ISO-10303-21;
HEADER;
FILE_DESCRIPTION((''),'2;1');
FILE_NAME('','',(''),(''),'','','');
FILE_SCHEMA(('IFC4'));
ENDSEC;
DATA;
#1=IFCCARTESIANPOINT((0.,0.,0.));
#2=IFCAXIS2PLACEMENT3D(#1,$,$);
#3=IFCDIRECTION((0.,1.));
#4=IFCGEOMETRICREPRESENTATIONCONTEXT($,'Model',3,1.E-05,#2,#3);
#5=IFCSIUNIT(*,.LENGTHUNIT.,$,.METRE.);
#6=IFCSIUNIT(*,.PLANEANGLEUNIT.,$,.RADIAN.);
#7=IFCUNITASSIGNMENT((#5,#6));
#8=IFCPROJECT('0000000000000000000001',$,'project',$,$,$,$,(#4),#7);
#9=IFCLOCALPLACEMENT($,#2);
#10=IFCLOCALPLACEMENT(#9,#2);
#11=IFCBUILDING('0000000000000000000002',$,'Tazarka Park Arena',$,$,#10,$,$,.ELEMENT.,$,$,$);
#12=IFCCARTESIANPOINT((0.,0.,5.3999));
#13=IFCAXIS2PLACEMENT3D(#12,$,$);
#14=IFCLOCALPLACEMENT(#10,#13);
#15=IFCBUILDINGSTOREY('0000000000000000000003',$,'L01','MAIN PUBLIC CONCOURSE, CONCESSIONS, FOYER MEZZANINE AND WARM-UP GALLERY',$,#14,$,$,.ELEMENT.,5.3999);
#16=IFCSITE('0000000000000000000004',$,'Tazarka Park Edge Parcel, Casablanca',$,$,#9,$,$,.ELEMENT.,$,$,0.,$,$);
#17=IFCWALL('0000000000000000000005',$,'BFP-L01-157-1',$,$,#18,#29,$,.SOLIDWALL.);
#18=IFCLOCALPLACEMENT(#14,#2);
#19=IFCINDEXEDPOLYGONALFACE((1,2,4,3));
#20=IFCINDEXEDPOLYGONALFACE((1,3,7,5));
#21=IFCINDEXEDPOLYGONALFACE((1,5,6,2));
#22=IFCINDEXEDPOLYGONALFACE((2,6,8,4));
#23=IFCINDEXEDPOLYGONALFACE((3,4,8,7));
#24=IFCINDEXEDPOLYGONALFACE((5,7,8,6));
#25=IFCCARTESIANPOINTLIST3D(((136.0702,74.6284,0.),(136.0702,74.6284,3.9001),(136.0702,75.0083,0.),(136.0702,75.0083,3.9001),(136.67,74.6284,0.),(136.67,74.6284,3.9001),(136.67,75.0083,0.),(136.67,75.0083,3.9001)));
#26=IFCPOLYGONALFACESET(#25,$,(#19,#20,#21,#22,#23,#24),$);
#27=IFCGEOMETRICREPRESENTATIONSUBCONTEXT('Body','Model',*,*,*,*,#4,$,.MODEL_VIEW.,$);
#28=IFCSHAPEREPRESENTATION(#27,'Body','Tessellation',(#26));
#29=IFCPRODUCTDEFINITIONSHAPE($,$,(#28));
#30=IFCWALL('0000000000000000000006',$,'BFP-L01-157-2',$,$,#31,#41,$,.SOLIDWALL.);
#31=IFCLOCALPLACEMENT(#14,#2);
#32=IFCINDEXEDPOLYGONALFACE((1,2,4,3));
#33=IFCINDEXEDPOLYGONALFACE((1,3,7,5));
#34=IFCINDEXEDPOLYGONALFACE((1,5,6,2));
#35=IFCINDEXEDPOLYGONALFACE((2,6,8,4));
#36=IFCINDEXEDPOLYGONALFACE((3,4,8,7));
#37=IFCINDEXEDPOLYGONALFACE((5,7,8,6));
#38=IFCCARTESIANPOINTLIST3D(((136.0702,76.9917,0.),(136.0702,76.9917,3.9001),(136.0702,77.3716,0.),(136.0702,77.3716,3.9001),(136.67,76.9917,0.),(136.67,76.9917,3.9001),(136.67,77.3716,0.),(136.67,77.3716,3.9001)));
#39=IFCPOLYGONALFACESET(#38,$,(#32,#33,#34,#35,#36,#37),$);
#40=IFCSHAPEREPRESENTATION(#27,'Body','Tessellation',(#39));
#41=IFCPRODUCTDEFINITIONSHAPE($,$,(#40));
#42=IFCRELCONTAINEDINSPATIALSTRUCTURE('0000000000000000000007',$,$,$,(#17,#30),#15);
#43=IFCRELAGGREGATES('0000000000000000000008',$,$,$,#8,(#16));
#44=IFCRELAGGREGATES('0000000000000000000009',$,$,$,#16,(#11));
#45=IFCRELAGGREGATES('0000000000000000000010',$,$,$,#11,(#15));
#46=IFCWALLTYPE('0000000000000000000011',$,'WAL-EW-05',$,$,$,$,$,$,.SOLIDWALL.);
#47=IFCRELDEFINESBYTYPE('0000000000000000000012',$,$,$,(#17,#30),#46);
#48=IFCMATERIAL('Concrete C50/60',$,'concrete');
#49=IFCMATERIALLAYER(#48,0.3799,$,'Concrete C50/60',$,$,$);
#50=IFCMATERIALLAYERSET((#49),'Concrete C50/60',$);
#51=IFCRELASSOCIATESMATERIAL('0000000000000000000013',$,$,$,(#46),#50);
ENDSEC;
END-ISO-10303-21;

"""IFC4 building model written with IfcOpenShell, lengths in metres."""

from ifc_helpers import new_model, si_unit, direction, frame, frame_2d, origin, place, context, subcontext, project, spatial, rectangle, extrude, material, layer, layer_set, type_object, element, save


model = new_model("IFC4")

# Units and contexts
model_context = context("Model", 3, precision=1e-05, world=origin(), true_north=direction((0.0, 1.0)))
body_context = subcontext(model_context, "Body", "Model", "MODEL_VIEW")
ifc_project = project(units=[si_unit("LENGTHUNIT", "METRE"), si_unit("PLANEANGLEUNIT", "RADIAN")], contexts=[model_context])

# Site, building, storey
site_placement = place(None, origin())
site = spatial("IfcSite", under=ifc_project, at=site_placement, Name="Tazarka Park Edge Parcel, Casablanca", CompositionType="ELEMENT", RefElevation=0.0)
building_placement = place(site_placement, origin())
building = spatial("IfcBuilding", under=site, at=building_placement, Name="Tazarka Park Arena", CompositionType="ELEMENT")
storey_placement = place(building_placement, frame((0.0, 0.0, 5.3999)))
storey = spatial("IfcBuildingStorey", under=building, at=storey_placement, Name="L01", Description="MAIN PUBLIC CONCOURSE, CONCESSIONS, FOYER MEZZANINE AND WARM-UP GALLERY", CompositionType="ELEMENT", Elevation=5.3999)

# Walls
ifc_material_1 = material(Name="Concrete C50/60", Category="concrete")
ifc_layer_1 = layer(ifc_material_1, 0.3799, Name="Concrete C50/60")
ifc_layer_set_1 = layer_set([ifc_layer_1], Name="Concrete C50/60")
wall_type = type_object("IfcWallType", Name="WAL-EW-05", PredefinedType="SOLIDWALL", material=ifc_layer_set_1)
for number, where, z_axis, x_axis, name in (
    (1, (136.6699, 74.8184, 0.0), (0.0, 0.0, 1.0), (-1.0, 0.0, 0.0), "BFP-L01-157-1"),
    (2, (136.6699, 77.1816, 0.0), (0.0, 0.0, 1.0), (-1.0, 0.0, 0.0), "BFP-L01-157-2"),
):
    element("IfcWall", number, at=place(storey_placement, frame(where, z_axis=z_axis, x_axis=x_axis)), inside=storey, type_object=wall_type, Name=name, PredefinedType="SOLIDWALL", context=body_context, shape_type="SweptSolid", body=[
        extrude(rectangle(XDim=0.5999, YDim=0.3799, at=frame_2d((0.2998, 0.0))), origin(), (0.0, 0.0, 1.0), 3.9001),
    ])

save(model, "model.ifc")
